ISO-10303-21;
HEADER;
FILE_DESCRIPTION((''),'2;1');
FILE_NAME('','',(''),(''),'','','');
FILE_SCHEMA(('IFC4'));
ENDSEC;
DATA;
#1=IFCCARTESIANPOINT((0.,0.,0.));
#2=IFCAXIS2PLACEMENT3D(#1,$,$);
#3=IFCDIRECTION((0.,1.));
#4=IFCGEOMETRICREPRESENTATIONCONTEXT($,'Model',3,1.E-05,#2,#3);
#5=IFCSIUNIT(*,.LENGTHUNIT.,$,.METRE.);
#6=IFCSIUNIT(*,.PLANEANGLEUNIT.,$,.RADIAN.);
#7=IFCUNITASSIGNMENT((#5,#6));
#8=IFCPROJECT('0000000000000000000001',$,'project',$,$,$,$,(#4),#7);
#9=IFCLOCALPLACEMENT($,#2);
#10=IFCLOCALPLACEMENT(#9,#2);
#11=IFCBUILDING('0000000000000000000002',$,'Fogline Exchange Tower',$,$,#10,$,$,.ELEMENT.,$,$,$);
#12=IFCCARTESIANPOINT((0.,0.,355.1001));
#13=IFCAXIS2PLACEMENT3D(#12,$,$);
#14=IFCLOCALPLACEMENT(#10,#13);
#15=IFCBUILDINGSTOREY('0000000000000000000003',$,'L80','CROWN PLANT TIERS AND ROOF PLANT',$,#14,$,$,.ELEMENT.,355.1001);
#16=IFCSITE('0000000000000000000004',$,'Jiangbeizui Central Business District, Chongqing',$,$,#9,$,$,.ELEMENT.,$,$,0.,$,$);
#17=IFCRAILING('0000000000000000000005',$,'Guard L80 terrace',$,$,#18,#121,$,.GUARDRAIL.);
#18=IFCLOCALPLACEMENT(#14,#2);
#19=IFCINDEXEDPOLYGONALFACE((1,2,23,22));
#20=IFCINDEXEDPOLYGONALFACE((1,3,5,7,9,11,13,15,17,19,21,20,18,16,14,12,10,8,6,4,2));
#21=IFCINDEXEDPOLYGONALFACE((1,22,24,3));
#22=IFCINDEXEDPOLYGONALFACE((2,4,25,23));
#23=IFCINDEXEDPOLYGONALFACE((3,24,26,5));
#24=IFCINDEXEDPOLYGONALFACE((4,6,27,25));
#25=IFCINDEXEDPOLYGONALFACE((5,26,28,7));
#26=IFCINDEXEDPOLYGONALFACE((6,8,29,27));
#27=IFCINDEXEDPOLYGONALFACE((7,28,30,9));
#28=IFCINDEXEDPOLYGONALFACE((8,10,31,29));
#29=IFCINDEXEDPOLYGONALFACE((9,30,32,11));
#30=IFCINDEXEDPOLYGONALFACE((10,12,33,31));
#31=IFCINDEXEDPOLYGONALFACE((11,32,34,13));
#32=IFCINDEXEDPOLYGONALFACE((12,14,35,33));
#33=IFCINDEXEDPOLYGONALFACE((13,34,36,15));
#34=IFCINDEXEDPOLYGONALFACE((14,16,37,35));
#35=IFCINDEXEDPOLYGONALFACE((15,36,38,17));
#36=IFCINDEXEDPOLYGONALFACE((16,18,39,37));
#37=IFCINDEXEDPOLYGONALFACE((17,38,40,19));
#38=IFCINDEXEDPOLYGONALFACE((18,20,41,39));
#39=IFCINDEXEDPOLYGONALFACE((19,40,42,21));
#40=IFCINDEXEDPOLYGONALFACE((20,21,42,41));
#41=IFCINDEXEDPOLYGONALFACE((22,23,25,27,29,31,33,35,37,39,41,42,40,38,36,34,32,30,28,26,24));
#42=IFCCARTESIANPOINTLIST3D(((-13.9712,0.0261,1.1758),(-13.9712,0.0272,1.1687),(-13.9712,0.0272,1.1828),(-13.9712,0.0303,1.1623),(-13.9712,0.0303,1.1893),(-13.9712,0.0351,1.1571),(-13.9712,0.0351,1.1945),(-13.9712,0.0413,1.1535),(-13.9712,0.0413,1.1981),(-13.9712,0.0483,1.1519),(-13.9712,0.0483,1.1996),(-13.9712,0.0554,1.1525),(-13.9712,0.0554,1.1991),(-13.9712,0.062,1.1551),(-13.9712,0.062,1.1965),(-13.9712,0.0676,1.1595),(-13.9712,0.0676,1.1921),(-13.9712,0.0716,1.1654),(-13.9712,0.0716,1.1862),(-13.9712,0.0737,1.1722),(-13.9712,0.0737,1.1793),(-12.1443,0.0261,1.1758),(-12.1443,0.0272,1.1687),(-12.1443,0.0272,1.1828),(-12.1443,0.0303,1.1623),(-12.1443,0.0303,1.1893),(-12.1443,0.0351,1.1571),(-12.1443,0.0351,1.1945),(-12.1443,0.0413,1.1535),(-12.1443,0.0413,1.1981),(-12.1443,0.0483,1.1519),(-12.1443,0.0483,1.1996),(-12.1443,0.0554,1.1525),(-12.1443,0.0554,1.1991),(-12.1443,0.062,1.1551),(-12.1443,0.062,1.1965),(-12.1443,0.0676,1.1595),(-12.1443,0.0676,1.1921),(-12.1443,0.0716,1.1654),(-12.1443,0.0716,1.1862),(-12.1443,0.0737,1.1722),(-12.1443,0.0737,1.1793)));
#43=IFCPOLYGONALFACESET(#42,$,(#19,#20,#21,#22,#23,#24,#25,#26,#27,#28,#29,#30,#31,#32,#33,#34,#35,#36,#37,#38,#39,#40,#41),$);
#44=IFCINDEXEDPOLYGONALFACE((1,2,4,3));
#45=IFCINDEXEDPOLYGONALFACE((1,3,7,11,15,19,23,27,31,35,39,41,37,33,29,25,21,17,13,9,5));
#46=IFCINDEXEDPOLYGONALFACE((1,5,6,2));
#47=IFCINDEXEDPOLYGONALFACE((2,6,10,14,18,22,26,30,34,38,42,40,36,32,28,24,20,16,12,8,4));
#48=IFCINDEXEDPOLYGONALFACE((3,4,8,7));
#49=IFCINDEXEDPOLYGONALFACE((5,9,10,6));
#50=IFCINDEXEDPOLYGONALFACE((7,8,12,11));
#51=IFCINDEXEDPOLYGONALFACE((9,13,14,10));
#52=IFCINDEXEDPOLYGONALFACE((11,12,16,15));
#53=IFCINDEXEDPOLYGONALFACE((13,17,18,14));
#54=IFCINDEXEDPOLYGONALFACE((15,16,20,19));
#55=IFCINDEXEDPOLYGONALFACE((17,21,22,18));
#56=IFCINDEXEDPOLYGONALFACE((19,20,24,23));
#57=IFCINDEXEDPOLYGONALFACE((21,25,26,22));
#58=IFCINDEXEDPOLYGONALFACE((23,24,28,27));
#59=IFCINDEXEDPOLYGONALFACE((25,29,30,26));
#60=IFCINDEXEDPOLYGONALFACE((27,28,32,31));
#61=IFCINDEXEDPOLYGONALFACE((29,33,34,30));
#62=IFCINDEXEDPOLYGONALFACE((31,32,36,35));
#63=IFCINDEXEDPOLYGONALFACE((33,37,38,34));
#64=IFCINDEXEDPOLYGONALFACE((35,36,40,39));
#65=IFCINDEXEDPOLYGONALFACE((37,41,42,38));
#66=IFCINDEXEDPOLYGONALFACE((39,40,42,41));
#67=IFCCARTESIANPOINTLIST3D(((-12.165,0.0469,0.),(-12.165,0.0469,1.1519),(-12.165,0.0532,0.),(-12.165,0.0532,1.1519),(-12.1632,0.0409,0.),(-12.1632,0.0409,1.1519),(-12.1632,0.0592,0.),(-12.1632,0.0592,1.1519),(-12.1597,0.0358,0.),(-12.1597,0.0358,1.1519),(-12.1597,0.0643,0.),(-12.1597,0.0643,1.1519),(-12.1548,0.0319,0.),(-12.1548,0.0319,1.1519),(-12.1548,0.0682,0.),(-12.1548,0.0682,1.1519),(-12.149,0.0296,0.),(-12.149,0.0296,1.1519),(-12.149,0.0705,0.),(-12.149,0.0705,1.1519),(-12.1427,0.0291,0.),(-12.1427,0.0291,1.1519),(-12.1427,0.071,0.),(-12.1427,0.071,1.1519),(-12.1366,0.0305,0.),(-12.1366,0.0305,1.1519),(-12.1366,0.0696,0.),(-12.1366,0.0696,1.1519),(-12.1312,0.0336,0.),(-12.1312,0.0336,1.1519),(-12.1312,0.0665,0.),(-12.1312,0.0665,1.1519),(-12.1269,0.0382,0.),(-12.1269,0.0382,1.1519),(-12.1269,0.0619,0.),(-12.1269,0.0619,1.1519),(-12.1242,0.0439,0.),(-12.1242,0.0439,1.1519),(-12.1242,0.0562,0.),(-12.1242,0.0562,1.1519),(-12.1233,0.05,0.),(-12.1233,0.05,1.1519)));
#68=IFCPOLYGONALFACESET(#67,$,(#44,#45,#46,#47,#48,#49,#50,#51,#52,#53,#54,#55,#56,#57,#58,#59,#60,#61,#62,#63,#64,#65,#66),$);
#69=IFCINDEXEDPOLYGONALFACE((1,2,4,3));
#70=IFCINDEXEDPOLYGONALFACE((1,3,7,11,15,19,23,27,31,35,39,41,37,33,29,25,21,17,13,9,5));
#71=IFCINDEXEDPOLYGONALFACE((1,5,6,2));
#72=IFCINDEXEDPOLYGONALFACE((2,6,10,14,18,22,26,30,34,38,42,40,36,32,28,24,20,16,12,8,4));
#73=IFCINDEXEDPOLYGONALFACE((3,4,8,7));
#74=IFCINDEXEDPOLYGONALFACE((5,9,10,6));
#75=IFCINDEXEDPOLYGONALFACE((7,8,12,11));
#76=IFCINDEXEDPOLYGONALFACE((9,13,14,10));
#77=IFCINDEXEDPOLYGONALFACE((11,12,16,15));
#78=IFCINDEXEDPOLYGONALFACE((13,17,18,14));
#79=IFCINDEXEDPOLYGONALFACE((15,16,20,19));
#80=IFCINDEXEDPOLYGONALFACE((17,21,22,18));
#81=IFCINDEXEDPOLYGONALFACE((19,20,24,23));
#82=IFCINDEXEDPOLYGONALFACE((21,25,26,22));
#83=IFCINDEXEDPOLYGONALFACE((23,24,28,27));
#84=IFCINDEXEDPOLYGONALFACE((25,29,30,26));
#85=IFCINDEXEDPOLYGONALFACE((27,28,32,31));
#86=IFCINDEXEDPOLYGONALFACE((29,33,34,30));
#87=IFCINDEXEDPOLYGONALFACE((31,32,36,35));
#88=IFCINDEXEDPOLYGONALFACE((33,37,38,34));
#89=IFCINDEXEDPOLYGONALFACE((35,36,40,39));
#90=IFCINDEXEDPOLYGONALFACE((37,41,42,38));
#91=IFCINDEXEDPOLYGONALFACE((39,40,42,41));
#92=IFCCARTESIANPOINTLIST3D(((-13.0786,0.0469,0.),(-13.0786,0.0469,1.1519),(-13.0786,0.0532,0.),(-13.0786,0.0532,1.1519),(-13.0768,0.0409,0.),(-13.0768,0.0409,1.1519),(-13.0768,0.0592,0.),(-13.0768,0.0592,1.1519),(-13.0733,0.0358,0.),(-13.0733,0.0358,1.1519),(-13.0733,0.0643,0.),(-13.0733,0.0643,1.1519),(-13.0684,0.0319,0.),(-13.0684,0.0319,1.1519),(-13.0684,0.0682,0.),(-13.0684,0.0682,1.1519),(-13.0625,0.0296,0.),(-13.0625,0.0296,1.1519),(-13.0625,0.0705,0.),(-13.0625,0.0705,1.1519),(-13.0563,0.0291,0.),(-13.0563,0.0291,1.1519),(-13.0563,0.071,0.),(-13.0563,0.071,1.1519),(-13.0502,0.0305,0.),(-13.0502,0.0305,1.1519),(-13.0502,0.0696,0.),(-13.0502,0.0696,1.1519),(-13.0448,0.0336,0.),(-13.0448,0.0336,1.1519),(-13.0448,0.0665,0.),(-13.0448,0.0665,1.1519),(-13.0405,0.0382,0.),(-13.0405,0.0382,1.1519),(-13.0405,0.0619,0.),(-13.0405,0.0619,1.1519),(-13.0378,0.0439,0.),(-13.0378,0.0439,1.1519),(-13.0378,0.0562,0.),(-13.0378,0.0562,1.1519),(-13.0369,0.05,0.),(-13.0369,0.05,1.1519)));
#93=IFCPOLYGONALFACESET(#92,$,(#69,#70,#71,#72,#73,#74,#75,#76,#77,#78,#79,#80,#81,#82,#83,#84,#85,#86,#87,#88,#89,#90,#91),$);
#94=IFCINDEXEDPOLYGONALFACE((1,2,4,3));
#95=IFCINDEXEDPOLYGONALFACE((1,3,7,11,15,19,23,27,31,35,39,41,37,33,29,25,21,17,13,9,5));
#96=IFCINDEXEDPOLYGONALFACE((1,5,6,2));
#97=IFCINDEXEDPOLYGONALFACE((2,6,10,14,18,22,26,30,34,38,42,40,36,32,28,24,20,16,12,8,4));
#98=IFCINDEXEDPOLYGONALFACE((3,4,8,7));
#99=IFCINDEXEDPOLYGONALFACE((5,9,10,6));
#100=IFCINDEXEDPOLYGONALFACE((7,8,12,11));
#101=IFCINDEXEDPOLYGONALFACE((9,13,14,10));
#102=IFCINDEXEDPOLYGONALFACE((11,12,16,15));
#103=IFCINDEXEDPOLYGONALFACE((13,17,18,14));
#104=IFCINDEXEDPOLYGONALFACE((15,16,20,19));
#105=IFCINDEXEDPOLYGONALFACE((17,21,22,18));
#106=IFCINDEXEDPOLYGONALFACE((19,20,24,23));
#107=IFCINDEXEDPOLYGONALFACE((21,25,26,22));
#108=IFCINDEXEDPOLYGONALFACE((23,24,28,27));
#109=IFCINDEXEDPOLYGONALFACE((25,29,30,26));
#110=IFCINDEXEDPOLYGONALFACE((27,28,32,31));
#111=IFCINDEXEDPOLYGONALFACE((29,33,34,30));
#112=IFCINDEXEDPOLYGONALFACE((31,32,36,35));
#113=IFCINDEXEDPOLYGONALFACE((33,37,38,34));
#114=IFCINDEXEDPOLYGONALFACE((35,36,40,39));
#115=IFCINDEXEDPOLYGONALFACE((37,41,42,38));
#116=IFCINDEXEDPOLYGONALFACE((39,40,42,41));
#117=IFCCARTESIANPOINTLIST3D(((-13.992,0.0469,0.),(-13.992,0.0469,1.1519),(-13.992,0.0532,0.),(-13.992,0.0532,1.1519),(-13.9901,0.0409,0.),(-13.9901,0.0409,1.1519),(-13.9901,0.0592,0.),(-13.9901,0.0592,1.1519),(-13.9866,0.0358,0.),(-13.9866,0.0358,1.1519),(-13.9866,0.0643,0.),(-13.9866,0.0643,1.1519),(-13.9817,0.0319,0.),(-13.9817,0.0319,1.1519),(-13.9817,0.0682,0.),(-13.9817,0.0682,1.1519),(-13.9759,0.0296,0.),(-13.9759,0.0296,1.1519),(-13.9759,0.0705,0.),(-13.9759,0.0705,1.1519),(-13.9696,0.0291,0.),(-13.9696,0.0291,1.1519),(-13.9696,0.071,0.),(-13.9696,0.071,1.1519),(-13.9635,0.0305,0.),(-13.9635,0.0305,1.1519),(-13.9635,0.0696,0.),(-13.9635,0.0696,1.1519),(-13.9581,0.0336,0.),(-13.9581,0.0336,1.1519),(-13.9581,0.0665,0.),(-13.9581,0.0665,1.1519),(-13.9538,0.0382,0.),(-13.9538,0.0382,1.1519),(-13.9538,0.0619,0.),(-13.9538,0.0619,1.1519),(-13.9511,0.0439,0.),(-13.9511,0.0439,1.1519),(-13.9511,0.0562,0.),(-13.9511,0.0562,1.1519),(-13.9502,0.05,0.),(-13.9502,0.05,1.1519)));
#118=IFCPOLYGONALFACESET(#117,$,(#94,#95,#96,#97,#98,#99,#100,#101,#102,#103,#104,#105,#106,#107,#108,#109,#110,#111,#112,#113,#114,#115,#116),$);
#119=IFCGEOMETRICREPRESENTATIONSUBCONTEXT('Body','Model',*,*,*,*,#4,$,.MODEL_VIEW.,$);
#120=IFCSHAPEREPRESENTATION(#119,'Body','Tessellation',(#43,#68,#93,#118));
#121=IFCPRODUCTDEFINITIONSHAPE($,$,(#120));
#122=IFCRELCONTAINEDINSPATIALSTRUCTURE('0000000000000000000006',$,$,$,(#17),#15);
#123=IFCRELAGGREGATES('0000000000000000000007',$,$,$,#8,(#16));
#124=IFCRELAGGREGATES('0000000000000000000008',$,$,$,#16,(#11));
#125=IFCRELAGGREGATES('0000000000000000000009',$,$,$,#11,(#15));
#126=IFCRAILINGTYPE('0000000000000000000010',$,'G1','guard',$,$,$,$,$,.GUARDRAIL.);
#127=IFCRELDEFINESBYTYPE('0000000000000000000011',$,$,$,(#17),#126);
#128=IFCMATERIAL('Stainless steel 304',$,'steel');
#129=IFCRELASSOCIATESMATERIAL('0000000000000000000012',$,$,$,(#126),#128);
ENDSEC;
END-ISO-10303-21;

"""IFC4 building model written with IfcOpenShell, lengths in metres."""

from ifc_helpers import new_model, si_unit, direction, frame, origin, origin_2d, place, context, subcontext, project, spatial, circle, extrude, material, type_object, element, save


model = new_model("IFC4")

# Units and contexts
model_context = context("Model", 3, precision=1e-05, world=origin(), true_north=direction((0.0, 1.0)))
body_context = subcontext(model_context, "Body", "Model", "MODEL_VIEW")
ifc_project = project(units=[si_unit("LENGTHUNIT", "METRE"), si_unit("PLANEANGLEUNIT", "RADIAN")], contexts=[model_context])

# Site, building, storey
site_placement = place(None, origin())
site = spatial("IfcSite", under=ifc_project, at=site_placement, Name="Jiangbeizui Central Business District, Chongqing", CompositionType="ELEMENT", RefElevation=0.0)
building_placement = place(site_placement, origin())
building = spatial("IfcBuilding", under=site, at=building_placement, Name="Fogline Exchange Tower", CompositionType="ELEMENT")
storey_placement = place(building_placement, frame((0.0, 0.0, 355.1001)))
storey = spatial("IfcBuildingStorey", under=building, at=storey_placement, Name="L80", Description="CROWN PLANT TIERS AND ROOF PLANT", CompositionType="ELEMENT", Elevation=355.1001)

# Railing
ifc_material_1 = material(Name="Stainless steel 304", Category="steel")
railing_type = type_object("IfcRailingType", Name="G1", Description="guard", PredefinedType="GUARDRAIL", material=ifc_material_1)
railing_1_placement = place(storey_placement, frame((-12.1443, 0.05, 0.0)))
element("IfcRailing", 1, at=railing_1_placement, inside=storey, type_object=railing_type, Name="Guard L80 terrace", PredefinedType="GUARDRAIL", context=body_context, shape_type="SweptSolid", body=[
    extrude(circle(Radius=0.0239, at=origin_2d()), frame((0.0, 0.0, 1.1758), z_axis=(-1.0, 0.0, 0.0), x_axis=(0.0, -1.0, 0.0)), (0.0, 0.0, 1.0), 1.8269),
    extrude(circle(Radius=0.021, at=origin_2d()), origin(), (0.0, 0.0, 1.0), 1.1519),
    extrude(circle(Radius=0.021, at=origin_2d()), frame((-0.9136, 0.0, 0.0)), (0.0, 0.0, 1.0), 1.1519),
    extrude(circle(Radius=0.021, at=origin_2d()), frame((-1.8269, 0.0, 0.0)), (0.0, 0.0, 1.0), 1.1519),
])

save(model, "model.ifc")
